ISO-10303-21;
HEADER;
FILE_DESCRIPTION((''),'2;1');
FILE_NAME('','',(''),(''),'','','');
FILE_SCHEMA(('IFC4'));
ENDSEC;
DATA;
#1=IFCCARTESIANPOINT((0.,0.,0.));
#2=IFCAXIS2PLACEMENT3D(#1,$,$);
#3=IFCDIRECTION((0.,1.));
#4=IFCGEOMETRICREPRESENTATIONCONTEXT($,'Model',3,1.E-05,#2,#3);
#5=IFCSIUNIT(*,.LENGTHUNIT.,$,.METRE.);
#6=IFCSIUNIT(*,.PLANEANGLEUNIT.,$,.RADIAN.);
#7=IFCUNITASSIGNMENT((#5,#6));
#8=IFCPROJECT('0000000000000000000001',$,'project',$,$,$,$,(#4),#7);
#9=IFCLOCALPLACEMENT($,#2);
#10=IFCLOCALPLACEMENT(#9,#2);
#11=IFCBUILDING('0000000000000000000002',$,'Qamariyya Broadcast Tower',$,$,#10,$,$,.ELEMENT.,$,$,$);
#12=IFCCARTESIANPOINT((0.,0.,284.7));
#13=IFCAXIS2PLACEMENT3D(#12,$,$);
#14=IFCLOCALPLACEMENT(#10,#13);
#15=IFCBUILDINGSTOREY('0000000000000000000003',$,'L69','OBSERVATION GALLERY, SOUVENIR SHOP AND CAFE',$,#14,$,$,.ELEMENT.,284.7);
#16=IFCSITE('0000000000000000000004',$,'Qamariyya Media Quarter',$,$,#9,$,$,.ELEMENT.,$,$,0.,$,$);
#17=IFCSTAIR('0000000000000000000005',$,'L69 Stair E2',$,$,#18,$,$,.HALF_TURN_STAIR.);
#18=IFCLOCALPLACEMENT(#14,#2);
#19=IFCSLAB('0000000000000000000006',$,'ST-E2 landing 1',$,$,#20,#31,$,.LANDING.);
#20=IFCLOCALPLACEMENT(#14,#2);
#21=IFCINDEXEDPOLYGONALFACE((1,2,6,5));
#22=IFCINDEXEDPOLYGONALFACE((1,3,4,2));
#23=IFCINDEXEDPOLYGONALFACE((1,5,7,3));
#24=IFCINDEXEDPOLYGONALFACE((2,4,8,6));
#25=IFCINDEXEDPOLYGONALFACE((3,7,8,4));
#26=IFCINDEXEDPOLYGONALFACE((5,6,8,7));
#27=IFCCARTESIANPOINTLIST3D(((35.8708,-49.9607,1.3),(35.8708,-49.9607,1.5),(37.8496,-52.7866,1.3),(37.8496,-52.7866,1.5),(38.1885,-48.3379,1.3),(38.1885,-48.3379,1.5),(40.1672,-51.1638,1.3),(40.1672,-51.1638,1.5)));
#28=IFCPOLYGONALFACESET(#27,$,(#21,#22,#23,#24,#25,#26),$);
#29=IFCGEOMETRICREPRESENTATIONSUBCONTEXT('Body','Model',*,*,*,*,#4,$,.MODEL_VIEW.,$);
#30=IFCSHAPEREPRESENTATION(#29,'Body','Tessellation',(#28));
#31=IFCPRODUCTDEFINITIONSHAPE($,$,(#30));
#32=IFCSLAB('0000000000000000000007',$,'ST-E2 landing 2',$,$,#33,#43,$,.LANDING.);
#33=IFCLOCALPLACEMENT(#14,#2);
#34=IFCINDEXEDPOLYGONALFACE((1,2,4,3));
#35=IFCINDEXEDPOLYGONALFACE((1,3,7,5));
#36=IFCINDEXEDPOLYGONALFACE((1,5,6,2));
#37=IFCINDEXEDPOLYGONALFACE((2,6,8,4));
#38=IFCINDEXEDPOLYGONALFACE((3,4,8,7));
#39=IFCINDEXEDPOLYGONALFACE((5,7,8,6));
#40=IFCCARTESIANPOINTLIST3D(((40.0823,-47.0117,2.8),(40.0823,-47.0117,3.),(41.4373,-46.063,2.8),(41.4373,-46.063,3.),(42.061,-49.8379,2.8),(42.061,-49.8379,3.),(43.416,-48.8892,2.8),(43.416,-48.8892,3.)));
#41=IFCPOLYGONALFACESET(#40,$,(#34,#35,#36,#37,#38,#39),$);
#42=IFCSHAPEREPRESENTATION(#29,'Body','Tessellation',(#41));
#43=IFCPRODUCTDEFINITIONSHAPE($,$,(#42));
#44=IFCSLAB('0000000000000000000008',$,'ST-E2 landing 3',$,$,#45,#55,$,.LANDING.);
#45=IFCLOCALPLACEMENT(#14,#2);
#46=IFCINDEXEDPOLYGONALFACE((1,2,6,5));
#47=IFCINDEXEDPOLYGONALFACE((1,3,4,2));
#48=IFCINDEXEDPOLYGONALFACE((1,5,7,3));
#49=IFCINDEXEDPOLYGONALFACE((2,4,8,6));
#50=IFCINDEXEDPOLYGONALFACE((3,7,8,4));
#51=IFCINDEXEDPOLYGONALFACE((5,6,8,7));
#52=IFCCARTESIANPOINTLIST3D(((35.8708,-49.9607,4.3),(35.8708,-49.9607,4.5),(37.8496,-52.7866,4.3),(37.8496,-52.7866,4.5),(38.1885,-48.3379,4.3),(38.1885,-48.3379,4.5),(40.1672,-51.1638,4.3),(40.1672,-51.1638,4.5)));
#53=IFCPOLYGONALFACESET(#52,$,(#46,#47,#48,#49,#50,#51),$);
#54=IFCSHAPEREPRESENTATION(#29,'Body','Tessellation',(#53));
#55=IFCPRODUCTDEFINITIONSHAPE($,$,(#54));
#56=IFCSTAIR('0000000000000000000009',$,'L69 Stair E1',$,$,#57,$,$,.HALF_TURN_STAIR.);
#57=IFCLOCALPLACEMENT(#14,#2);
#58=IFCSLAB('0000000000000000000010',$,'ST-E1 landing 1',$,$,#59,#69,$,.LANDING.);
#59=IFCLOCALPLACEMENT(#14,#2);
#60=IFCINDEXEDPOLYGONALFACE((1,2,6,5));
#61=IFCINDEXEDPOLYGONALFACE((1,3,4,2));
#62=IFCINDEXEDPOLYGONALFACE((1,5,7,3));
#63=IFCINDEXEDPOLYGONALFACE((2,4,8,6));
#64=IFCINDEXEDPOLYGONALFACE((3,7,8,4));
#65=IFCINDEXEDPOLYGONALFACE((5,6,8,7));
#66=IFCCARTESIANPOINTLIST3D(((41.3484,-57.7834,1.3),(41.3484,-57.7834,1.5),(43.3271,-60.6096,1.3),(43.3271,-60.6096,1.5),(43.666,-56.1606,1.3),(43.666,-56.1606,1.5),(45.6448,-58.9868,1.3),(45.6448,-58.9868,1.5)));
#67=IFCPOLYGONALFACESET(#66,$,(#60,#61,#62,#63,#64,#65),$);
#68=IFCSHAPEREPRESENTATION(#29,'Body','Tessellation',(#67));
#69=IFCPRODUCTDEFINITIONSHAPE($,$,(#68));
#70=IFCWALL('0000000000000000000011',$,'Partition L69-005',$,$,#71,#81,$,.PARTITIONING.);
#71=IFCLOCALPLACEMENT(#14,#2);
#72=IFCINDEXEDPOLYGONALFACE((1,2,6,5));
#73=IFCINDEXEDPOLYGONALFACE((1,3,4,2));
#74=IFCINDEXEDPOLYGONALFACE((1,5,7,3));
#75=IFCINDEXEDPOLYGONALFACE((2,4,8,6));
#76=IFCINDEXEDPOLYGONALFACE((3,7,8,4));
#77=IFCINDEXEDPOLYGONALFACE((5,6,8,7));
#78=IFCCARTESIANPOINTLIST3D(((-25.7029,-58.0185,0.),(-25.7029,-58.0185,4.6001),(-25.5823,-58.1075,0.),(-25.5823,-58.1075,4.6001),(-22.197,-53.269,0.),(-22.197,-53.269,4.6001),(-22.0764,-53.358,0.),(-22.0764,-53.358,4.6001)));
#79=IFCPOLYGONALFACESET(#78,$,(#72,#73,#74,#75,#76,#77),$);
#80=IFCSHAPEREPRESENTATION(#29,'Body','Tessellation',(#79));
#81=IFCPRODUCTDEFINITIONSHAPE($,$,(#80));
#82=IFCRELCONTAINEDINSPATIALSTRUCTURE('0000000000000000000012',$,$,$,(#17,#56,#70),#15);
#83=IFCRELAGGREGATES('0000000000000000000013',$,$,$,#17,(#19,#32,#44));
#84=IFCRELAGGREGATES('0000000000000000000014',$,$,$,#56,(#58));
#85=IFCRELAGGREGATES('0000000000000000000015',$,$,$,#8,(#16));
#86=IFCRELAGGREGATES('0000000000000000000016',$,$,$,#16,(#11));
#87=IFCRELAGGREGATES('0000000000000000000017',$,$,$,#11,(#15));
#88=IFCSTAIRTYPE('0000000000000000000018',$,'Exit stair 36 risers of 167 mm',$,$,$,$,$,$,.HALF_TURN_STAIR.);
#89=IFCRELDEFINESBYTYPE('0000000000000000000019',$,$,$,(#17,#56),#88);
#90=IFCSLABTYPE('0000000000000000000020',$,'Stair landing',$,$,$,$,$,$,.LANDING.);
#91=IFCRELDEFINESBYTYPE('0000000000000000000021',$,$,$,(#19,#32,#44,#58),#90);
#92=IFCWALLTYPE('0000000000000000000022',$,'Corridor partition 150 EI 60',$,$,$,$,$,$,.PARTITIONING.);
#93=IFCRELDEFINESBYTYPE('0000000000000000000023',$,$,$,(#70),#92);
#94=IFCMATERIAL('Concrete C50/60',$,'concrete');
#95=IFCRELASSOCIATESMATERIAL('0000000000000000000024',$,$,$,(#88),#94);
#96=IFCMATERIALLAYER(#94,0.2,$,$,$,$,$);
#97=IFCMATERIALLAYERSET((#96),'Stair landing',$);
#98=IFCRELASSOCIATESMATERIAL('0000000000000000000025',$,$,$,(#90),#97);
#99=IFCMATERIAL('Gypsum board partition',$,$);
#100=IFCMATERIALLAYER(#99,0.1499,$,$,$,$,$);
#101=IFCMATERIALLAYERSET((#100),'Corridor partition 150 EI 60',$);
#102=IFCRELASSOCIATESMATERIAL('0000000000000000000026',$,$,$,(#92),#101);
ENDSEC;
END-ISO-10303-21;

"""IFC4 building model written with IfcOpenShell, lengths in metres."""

from ifc_helpers import new_model, si_unit, direction, frame, frame_2d, origin, place, context, subcontext, project, spatial, polyline, rectangle, outline, extrude, material, layer, layer_set, type_object, element, aggregate, save


model = new_model("IFC4")

# Units and contexts
model_context = context("Model", 3, precision=1e-05, world=origin(), true_north=direction((0.0, 1.0)))
body_context = subcontext(model_context, "Body", "Model", "MODEL_VIEW")
ifc_project = project(units=[si_unit("LENGTHUNIT", "METRE"), si_unit("PLANEANGLEUNIT", "RADIAN")], contexts=[model_context])

# Site, building, storey
site_placement = place(None, origin())
site = spatial("IfcSite", under=ifc_project, at=site_placement, Name="Qamariyya Media Quarter", CompositionType="ELEMENT", RefElevation=0.0)
building_placement = place(site_placement, origin())
building = spatial("IfcBuilding", under=site, at=building_placement, Name="Qamariyya Broadcast Tower", CompositionType="ELEMENT")
storey_placement = place(building_placement, frame((0.0, 0.0, 284.7)))
storey = spatial("IfcBuildingStorey", under=building, at=storey_placement, Name="L69", Description="OBSERVATION GALLERY, SOUVENIR SHOP AND CAFE", CompositionType="ELEMENT", Elevation=284.7)

# Shared definitions
ifc_material_1 = material(Name="Concrete C50/60", Category="concrete")

# Stair, slabs
stair_type = type_object("IfcStairType", Name="Exit stair 36 risers of 167 mm", PredefinedType="HALF_TURN_STAIR", material=ifc_material_1)
ifc_layer_1 = layer(ifc_material_1, 0.2)
ifc_layer_set_1 = layer_set([ifc_layer_1], Name="Stair landing")
slab_type_1 = type_object("IfcSlabType", Name="Stair landing", PredefinedType="LANDING", material=ifc_layer_set_1)
stair_1_placement = place(storey_placement, origin())
stair_1 = element("IfcStair", 1, at=stair_1_placement, inside=storey, type_object=stair_type, Name="L69 Stair E2", PredefinedType="HALF_TURN_STAIR")
slab_1_placement = place(storey_placement, frame((0.0, 0.0, 1.3)))
slab_1 = element("IfcSlab", 2, at=slab_1_placement, type_object=slab_type_1, Name="ST-E2 landing 1", PredefinedType="LANDING", context=body_context, shape_type="SweptSolid", body=[
    extrude(outline(polyline([(38.1885, -48.3379), (35.8708, -49.9607), (37.8496, -52.7866), (40.1672, -51.1638), (38.1885, -48.3379)])), origin(), (0.0, 0.0, 1.0), 0.2),
])
slab_2_placement = place(storey_placement, frame((0.0, 0.0, 2.8)))
slab_2 = element("IfcSlab", 3, at=slab_2_placement, type_object=slab_type_1, Name="ST-E2 landing 2", PredefinedType="LANDING", context=body_context, shape_type="SweptSolid", body=[
    extrude(outline(polyline([(41.4373, -46.063), (40.0823, -47.0117), (42.061, -49.8379), (43.416, -48.8892), (41.4373, -46.063)])), origin(), (0.0, 0.0, 1.0), 0.2),
])
slab_3_placement = place(storey_placement, frame((0.0, 0.0, 4.3)))
slab_3 = element("IfcSlab", 4, at=slab_3_placement, type_object=slab_type_1, Name="ST-E2 landing 3", PredefinedType="LANDING", context=body_context, shape_type="SweptSolid", body=[
    extrude(outline(polyline([(38.1885, -48.3379), (35.8708, -49.9607), (37.8496, -52.7866), (40.1672, -51.1638), (38.1885, -48.3379)])), origin(), (0.0, 0.0, 1.0), 0.2),
])
aggregate(stair_1, [slab_1, slab_2, slab_3])

# Stair, slab
stair_2_placement = place(storey_placement, origin())
stair_2 = element("IfcStair", 5, at=stair_2_placement, inside=storey, type_object=stair_type, Name="L69 Stair E1", PredefinedType="HALF_TURN_STAIR")
slab_4_placement = place(storey_placement, frame((0.0, 0.0, 1.3)))
slab_4 = element("IfcSlab", 6, at=slab_4_placement, type_object=slab_type_1, Name="ST-E1 landing 1", PredefinedType="LANDING", context=body_context, shape_type="SweptSolid", body=[
    extrude(outline(polyline([(43.666, -56.1606), (41.3484, -57.7834), (43.3271, -60.6096), (45.6448, -58.9868), (43.666, -56.1606)])), origin(), (0.0, 0.0, 1.0), 0.2),
])
aggregate(stair_2, [slab_4])

# Wall
ifc_material_2 = material(Name="Gypsum board partition")
ifc_layer_2 = layer(ifc_material_2, 0.1499)
ifc_layer_set_2 = layer_set([ifc_layer_2], Name="Corridor partition 150 EI 60")
wall_type = type_object("IfcWallType", Name="Corridor partition 150 EI 60", PredefinedType="PARTITIONING", material=ifc_layer_set_2)
wall_placement = place(storey_placement, frame((-22.1367, -53.3135, 0.0), z_axis=(0.0, 0.0, 1.0), x_axis=(-0.593882, -0.804552, 0.0)))
element("IfcWall", 7, at=wall_placement, inside=storey, type_object=wall_type, Name="Partition L69-005", PredefinedType="PARTITIONING", context=body_context, shape_type="SweptSolid", body=[
    extrude(rectangle(XDim=5.9033, YDim=0.1499, at=frame_2d((2.9517, 0.0))), origin(), (0.0, 0.0, 1.0), 4.6001),
])

save(model, "model.ifc")
